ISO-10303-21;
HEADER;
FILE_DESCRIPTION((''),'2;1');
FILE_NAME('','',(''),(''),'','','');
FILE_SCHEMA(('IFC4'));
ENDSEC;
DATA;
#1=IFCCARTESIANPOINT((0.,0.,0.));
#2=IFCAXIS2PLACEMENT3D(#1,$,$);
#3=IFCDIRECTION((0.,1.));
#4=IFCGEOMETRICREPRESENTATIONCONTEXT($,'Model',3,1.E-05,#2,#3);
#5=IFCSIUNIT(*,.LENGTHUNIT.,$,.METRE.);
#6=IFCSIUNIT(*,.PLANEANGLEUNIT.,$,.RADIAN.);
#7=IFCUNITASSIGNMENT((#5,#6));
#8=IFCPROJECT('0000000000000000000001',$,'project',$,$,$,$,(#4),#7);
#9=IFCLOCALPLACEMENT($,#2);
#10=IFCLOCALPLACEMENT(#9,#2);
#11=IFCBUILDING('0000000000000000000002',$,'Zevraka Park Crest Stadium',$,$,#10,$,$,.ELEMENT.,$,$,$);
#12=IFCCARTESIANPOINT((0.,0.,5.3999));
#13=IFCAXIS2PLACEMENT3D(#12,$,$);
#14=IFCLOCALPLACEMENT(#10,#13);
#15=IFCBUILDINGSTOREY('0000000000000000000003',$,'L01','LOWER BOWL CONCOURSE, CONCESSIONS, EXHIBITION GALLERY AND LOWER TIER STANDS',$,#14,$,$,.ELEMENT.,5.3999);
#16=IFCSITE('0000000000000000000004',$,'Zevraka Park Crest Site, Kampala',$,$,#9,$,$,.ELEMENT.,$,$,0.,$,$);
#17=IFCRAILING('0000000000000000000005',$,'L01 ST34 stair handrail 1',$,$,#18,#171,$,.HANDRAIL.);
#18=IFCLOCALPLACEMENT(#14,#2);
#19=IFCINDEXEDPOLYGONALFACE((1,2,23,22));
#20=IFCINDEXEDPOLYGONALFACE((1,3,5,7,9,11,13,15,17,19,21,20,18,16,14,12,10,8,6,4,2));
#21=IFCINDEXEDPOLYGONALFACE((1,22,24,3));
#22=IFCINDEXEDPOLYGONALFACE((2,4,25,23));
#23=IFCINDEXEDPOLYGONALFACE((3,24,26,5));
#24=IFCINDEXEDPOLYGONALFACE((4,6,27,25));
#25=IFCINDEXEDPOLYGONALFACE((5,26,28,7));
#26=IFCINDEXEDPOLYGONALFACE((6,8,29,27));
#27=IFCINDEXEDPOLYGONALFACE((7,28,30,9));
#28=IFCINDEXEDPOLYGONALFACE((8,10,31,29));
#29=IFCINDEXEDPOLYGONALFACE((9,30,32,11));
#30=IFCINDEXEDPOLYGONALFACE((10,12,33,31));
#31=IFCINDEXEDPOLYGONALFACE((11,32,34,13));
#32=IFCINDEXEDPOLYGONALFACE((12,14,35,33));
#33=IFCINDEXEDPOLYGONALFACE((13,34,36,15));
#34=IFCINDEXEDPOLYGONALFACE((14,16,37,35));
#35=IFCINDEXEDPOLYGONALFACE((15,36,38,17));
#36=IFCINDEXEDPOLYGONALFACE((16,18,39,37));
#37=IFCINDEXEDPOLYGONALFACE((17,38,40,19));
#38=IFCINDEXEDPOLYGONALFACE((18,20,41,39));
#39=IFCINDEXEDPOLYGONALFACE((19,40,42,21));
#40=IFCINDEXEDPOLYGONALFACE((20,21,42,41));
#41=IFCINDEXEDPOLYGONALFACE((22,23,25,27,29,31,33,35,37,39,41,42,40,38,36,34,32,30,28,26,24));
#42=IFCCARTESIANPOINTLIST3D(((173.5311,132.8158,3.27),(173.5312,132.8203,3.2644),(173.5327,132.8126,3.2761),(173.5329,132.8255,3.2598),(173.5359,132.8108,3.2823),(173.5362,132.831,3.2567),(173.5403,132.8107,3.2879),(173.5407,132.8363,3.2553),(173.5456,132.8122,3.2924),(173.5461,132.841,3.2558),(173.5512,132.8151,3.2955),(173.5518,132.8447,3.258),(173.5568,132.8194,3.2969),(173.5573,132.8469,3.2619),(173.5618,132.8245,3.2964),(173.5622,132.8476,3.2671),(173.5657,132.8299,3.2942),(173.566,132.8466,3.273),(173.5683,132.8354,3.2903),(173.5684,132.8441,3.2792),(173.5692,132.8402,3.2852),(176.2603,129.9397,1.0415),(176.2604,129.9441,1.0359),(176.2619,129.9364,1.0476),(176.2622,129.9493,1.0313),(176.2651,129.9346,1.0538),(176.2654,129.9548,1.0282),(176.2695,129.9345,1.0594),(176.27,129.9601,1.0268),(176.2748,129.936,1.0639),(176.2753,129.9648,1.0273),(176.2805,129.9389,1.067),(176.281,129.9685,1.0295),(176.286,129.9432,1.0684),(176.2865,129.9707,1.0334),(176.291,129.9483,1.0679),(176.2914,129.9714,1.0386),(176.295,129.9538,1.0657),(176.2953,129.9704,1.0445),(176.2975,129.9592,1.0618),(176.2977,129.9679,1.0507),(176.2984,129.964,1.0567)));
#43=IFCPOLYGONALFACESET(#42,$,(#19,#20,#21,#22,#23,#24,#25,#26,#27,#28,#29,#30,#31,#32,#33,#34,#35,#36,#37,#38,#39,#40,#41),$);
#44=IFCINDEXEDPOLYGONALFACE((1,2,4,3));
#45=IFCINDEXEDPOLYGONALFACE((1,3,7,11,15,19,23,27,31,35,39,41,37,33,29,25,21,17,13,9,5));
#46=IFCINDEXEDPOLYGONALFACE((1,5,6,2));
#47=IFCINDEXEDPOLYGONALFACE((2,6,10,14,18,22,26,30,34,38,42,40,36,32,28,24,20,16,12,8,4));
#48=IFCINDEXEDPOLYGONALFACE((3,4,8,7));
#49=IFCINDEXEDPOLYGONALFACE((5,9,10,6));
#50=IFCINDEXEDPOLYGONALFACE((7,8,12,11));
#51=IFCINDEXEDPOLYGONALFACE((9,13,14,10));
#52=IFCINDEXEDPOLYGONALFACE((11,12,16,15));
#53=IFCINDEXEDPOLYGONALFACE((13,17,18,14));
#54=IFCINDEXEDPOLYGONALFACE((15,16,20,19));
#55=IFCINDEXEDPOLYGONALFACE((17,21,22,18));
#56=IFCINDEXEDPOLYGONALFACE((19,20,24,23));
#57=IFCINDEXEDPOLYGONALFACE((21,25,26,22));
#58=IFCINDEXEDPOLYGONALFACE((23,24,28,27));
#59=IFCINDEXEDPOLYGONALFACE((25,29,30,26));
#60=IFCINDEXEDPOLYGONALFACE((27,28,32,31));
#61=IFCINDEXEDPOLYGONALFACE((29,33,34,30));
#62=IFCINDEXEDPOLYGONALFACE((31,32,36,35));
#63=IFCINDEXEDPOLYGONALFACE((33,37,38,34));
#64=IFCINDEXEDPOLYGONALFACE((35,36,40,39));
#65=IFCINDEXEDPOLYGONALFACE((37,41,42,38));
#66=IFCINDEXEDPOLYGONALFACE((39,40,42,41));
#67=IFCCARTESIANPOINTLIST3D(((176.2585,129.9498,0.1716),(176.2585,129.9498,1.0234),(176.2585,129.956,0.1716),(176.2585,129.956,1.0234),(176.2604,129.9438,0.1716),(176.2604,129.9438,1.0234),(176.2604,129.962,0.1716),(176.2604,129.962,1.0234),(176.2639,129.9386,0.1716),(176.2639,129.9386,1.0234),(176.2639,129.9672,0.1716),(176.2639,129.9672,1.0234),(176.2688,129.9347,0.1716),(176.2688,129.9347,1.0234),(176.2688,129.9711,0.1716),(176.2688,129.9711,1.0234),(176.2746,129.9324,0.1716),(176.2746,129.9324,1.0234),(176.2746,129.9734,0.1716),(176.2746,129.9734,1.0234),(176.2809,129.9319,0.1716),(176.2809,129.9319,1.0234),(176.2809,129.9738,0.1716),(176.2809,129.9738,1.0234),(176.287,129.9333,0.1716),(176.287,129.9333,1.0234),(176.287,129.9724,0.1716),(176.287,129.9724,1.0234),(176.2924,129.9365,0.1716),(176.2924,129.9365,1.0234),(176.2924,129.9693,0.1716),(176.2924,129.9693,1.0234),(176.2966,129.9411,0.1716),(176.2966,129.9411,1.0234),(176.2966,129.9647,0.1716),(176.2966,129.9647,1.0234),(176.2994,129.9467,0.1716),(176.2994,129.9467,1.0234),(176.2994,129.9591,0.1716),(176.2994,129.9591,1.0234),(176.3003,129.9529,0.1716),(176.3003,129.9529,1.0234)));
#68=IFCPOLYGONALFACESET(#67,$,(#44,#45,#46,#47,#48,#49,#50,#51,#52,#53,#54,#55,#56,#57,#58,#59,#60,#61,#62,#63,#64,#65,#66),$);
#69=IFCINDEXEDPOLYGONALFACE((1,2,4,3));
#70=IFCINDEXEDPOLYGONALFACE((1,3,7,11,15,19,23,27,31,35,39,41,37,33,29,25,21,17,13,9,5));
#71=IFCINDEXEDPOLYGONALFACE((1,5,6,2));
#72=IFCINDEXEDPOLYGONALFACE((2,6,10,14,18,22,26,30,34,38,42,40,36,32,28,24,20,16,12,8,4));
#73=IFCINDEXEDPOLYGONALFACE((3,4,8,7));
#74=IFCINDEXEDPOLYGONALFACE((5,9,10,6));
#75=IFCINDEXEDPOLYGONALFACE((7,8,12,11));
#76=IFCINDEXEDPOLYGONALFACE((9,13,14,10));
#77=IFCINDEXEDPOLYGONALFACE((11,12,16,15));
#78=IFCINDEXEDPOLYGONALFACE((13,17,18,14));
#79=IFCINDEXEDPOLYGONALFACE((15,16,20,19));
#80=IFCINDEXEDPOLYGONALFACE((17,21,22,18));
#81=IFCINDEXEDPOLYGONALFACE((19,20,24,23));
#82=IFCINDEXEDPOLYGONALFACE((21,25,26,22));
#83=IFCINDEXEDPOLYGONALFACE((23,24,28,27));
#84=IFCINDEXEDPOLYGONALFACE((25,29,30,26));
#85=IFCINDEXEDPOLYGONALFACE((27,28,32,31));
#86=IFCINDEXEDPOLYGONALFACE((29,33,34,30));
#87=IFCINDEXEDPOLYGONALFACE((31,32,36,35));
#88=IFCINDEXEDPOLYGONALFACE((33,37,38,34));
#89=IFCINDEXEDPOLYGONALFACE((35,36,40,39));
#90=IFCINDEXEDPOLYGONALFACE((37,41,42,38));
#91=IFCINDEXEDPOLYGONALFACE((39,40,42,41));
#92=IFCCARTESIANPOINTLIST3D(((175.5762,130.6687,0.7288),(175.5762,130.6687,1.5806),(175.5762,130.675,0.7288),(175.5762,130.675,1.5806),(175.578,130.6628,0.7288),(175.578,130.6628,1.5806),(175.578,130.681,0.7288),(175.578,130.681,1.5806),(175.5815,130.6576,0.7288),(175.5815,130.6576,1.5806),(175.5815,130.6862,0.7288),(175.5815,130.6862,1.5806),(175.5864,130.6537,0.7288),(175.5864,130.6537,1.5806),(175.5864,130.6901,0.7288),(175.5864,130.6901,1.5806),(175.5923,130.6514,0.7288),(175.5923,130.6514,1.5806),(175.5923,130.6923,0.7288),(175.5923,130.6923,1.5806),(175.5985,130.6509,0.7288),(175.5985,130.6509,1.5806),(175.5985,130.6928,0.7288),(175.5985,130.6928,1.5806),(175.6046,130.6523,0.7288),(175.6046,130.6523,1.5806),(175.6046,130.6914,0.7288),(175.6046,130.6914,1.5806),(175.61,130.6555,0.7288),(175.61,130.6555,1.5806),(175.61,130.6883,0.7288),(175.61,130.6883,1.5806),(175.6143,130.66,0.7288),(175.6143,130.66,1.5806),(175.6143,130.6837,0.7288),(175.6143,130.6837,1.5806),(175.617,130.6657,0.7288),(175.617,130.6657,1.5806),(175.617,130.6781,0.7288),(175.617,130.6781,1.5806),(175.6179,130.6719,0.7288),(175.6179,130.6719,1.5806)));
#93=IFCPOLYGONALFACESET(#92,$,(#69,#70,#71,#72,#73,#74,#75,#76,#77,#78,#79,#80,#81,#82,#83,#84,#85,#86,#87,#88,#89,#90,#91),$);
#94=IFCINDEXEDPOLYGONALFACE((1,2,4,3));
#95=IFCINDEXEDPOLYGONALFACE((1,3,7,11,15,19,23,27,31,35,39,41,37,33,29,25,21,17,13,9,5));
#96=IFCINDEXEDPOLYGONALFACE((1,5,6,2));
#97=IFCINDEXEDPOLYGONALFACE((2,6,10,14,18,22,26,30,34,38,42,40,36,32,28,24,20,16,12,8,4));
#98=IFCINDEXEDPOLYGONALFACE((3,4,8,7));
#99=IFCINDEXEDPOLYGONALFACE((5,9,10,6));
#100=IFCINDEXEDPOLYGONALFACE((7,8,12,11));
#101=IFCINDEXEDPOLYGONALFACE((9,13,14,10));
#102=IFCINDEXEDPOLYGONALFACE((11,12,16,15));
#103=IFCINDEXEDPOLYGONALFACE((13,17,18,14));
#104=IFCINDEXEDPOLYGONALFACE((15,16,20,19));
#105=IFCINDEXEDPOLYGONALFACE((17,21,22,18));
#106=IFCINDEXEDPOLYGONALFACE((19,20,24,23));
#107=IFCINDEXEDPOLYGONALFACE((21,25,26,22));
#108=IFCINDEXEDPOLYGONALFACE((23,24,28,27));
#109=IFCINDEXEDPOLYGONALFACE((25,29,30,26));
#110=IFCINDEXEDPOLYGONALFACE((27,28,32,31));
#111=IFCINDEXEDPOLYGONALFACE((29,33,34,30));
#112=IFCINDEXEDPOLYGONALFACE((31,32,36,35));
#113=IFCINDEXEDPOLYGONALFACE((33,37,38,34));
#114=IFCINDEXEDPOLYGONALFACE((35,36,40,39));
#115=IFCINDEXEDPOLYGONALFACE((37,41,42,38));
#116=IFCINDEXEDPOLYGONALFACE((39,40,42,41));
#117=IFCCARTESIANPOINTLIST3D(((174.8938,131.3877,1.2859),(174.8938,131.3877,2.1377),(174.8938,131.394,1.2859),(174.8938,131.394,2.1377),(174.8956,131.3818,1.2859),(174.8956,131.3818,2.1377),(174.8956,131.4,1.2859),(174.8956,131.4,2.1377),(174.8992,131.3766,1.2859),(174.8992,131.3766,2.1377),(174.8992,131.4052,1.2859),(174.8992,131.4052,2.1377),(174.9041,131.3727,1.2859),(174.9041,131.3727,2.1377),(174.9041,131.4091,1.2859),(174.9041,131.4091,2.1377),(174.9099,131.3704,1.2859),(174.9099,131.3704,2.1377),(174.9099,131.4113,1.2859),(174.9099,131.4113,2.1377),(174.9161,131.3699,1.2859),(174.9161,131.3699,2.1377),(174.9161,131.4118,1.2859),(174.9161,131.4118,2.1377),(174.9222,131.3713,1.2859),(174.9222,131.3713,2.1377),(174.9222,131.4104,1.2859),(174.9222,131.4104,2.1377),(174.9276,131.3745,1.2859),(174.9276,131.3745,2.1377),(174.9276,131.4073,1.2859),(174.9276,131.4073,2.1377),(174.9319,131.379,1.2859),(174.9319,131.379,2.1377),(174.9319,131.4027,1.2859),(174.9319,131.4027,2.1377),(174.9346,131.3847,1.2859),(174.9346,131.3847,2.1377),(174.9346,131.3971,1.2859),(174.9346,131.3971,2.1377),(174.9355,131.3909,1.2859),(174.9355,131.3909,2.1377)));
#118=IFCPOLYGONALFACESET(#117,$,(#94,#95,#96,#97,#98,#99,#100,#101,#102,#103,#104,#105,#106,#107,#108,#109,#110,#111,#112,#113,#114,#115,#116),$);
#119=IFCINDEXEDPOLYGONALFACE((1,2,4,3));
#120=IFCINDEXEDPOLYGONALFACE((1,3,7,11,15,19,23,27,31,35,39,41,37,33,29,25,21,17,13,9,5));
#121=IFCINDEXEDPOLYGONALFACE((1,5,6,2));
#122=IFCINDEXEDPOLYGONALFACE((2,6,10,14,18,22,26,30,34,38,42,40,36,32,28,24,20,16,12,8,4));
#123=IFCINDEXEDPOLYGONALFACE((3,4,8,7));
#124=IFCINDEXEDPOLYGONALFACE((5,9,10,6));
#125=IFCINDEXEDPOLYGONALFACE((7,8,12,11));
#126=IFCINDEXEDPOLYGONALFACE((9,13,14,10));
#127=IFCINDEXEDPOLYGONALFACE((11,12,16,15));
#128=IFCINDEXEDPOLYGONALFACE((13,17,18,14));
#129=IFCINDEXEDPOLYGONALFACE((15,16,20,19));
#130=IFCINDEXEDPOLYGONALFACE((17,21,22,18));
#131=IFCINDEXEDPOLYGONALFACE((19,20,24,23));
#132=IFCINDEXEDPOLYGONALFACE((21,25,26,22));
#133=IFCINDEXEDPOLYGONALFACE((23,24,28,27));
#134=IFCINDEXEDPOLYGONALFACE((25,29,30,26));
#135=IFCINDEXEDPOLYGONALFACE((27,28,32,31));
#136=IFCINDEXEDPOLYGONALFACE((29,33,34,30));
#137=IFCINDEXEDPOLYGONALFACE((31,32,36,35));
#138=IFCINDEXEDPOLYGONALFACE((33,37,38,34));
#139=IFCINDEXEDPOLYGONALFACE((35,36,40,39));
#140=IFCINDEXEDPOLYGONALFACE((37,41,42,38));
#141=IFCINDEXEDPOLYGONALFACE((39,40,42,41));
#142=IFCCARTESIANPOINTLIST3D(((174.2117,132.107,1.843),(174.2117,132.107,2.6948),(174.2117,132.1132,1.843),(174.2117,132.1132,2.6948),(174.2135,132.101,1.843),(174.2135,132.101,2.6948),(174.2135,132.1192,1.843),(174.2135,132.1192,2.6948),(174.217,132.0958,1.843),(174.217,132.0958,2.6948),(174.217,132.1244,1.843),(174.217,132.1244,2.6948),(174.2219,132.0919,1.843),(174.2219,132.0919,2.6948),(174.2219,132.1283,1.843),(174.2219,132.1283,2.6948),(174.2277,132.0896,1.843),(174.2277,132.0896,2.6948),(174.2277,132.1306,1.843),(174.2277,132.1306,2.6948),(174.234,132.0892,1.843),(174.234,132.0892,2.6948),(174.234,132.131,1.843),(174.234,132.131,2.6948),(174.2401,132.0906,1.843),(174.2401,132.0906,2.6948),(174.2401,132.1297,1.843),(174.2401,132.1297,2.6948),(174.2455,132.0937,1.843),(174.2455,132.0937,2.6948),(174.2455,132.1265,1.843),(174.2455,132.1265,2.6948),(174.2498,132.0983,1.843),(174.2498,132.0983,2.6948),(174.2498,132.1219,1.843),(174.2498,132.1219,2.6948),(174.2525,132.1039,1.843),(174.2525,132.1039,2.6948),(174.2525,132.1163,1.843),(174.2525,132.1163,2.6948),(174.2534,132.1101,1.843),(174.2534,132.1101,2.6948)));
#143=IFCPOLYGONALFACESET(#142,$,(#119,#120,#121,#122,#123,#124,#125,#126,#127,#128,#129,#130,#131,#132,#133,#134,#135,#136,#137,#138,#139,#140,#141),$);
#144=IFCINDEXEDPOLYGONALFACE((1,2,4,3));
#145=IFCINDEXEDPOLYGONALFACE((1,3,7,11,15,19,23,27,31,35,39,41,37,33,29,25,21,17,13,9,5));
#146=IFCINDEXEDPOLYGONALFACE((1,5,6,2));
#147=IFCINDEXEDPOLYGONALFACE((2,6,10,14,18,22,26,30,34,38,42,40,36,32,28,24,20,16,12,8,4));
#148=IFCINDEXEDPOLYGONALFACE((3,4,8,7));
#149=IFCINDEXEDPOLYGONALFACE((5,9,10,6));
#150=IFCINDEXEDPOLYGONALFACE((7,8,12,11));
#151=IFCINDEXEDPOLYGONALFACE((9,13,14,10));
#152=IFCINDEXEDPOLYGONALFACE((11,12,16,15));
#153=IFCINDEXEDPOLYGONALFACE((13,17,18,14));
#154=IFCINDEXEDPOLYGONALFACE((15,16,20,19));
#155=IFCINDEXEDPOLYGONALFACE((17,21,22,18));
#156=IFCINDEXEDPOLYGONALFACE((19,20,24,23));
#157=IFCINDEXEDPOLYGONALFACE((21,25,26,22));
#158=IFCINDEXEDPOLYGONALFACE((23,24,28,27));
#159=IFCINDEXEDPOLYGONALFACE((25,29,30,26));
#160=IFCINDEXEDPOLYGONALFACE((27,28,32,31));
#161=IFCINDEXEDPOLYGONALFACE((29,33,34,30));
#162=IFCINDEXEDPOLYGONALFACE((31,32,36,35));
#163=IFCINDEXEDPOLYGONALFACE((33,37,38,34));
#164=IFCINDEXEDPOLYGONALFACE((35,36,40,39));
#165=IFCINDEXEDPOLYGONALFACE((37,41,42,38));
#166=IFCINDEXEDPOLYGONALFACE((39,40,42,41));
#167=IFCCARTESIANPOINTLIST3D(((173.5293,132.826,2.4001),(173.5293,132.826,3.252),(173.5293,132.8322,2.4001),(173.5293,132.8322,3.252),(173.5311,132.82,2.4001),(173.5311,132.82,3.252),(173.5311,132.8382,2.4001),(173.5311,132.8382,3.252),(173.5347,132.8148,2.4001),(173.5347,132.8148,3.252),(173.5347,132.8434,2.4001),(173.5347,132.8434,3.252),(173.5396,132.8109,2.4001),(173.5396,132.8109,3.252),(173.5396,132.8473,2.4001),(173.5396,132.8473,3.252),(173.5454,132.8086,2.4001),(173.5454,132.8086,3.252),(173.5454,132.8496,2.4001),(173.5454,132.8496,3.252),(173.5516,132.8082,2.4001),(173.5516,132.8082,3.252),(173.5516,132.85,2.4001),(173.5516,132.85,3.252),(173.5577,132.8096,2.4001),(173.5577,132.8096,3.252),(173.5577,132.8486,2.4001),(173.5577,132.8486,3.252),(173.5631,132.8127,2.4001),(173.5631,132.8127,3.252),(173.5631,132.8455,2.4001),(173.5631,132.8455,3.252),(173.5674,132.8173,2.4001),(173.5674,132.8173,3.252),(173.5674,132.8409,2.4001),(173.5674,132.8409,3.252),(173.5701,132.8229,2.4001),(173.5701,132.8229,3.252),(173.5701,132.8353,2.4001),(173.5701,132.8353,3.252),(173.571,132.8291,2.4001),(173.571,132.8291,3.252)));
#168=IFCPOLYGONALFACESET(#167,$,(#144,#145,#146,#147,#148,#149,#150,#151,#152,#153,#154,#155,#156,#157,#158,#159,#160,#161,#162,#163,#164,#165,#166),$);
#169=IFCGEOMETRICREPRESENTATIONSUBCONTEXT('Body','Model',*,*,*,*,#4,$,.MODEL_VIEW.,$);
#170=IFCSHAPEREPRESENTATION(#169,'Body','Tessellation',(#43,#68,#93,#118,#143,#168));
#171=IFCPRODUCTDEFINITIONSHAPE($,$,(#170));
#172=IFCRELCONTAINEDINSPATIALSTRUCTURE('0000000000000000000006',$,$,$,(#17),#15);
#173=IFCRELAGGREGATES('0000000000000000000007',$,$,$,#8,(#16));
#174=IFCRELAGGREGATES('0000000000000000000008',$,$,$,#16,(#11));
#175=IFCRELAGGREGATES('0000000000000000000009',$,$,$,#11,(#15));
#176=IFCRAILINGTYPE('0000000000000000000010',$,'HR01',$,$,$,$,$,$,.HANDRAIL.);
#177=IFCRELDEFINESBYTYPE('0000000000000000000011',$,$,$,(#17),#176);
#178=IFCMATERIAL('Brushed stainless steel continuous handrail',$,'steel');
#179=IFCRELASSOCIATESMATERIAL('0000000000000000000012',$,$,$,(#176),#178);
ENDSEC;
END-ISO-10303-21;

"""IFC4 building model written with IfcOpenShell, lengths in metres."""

from ifc_helpers import new_model, si_unit, direction, frame, origin, origin_2d, place, context, subcontext, project, spatial, circle, extrude, material, type_object, element, save


model = new_model("IFC4")

# Units and contexts
model_context = context("Model", 3, precision=1e-05, world=origin(), true_north=direction((0.0, 1.0)))
body_context = subcontext(model_context, "Body", "Model", "MODEL_VIEW")
ifc_project = project(units=[si_unit("LENGTHUNIT", "METRE"), si_unit("PLANEANGLEUNIT", "RADIAN")], contexts=[model_context])

# Site, building, storey
site_placement = place(None, origin())
site = spatial("IfcSite", under=ifc_project, at=site_placement, Name="Zevraka Park Crest Site, Kampala", CompositionType="ELEMENT", RefElevation=0.0)
building_placement = place(site_placement, origin())
building = spatial("IfcBuilding", under=site, at=building_placement, Name="Zevraka Park Crest Stadium", CompositionType="ELEMENT")
storey_placement = place(building_placement, frame((0.0, 0.0, 5.3999)))
storey = spatial("IfcBuildingStorey", under=building, at=storey_placement, Name="L01", Description="LOWER BOWL CONCOURSE, CONCESSIONS, EXHIBITION GALLERY AND LOWER TIER STANDS", CompositionType="ELEMENT", Elevation=5.3999)

# Railing
ifc_material_1 = material(Name="Brushed stainless steel continuous handrail", Category="steel")
railing_type_1 = type_object("IfcRailingType", Name="HR01", PredefinedType="HANDRAIL", material=ifc_material_1)
railing_1_placement = place(storey_placement, frame((176.2793, 129.9529, 0.1716)))
element("IfcRailing", 1, at=railing_1_placement, inside=storey, type_object=railing_type_1, Name="L01 ST34 stair handrail 1", PredefinedType="HANDRAIL", context=body_context, shape_type="SweptSolid", body=[
    extrude(circle(Radius=0.0239, at=origin_2d()), frame((0.0, 0.0, 0.876), z_axis=(-0.600049, 0.632362, 0.489959), x_axis=(-0.725397, -0.68833, 0.0)), (0.0, 0.0, 1.0), 4.5483),
    extrude(circle(Radius=0.021, at=origin_2d()), origin(), (0.0, 0.0, 1.0), 0.8518),
    extrude(circle(Radius=0.021, at=origin_2d()), frame((-0.6824, 0.719, 0.5571)), (0.0, 0.0, 1.0), 0.8518),
    extrude(circle(Radius=0.021, at=origin_2d()), frame((-1.3647, 1.438, 1.1143)), (0.0, 0.0, 1.0), 0.8518),
    extrude(circle(Radius=0.021, at=origin_2d()), frame((-2.0469, 2.1572, 1.6714)), (0.0, 0.0, 1.0), 0.8518),
    extrude(circle(Radius=0.021, at=origin_2d()), frame((-2.7292, 2.8762, 2.2285)), (0.0, 0.0, 1.0), 0.8518),
])

save(model, "model.ifc")
